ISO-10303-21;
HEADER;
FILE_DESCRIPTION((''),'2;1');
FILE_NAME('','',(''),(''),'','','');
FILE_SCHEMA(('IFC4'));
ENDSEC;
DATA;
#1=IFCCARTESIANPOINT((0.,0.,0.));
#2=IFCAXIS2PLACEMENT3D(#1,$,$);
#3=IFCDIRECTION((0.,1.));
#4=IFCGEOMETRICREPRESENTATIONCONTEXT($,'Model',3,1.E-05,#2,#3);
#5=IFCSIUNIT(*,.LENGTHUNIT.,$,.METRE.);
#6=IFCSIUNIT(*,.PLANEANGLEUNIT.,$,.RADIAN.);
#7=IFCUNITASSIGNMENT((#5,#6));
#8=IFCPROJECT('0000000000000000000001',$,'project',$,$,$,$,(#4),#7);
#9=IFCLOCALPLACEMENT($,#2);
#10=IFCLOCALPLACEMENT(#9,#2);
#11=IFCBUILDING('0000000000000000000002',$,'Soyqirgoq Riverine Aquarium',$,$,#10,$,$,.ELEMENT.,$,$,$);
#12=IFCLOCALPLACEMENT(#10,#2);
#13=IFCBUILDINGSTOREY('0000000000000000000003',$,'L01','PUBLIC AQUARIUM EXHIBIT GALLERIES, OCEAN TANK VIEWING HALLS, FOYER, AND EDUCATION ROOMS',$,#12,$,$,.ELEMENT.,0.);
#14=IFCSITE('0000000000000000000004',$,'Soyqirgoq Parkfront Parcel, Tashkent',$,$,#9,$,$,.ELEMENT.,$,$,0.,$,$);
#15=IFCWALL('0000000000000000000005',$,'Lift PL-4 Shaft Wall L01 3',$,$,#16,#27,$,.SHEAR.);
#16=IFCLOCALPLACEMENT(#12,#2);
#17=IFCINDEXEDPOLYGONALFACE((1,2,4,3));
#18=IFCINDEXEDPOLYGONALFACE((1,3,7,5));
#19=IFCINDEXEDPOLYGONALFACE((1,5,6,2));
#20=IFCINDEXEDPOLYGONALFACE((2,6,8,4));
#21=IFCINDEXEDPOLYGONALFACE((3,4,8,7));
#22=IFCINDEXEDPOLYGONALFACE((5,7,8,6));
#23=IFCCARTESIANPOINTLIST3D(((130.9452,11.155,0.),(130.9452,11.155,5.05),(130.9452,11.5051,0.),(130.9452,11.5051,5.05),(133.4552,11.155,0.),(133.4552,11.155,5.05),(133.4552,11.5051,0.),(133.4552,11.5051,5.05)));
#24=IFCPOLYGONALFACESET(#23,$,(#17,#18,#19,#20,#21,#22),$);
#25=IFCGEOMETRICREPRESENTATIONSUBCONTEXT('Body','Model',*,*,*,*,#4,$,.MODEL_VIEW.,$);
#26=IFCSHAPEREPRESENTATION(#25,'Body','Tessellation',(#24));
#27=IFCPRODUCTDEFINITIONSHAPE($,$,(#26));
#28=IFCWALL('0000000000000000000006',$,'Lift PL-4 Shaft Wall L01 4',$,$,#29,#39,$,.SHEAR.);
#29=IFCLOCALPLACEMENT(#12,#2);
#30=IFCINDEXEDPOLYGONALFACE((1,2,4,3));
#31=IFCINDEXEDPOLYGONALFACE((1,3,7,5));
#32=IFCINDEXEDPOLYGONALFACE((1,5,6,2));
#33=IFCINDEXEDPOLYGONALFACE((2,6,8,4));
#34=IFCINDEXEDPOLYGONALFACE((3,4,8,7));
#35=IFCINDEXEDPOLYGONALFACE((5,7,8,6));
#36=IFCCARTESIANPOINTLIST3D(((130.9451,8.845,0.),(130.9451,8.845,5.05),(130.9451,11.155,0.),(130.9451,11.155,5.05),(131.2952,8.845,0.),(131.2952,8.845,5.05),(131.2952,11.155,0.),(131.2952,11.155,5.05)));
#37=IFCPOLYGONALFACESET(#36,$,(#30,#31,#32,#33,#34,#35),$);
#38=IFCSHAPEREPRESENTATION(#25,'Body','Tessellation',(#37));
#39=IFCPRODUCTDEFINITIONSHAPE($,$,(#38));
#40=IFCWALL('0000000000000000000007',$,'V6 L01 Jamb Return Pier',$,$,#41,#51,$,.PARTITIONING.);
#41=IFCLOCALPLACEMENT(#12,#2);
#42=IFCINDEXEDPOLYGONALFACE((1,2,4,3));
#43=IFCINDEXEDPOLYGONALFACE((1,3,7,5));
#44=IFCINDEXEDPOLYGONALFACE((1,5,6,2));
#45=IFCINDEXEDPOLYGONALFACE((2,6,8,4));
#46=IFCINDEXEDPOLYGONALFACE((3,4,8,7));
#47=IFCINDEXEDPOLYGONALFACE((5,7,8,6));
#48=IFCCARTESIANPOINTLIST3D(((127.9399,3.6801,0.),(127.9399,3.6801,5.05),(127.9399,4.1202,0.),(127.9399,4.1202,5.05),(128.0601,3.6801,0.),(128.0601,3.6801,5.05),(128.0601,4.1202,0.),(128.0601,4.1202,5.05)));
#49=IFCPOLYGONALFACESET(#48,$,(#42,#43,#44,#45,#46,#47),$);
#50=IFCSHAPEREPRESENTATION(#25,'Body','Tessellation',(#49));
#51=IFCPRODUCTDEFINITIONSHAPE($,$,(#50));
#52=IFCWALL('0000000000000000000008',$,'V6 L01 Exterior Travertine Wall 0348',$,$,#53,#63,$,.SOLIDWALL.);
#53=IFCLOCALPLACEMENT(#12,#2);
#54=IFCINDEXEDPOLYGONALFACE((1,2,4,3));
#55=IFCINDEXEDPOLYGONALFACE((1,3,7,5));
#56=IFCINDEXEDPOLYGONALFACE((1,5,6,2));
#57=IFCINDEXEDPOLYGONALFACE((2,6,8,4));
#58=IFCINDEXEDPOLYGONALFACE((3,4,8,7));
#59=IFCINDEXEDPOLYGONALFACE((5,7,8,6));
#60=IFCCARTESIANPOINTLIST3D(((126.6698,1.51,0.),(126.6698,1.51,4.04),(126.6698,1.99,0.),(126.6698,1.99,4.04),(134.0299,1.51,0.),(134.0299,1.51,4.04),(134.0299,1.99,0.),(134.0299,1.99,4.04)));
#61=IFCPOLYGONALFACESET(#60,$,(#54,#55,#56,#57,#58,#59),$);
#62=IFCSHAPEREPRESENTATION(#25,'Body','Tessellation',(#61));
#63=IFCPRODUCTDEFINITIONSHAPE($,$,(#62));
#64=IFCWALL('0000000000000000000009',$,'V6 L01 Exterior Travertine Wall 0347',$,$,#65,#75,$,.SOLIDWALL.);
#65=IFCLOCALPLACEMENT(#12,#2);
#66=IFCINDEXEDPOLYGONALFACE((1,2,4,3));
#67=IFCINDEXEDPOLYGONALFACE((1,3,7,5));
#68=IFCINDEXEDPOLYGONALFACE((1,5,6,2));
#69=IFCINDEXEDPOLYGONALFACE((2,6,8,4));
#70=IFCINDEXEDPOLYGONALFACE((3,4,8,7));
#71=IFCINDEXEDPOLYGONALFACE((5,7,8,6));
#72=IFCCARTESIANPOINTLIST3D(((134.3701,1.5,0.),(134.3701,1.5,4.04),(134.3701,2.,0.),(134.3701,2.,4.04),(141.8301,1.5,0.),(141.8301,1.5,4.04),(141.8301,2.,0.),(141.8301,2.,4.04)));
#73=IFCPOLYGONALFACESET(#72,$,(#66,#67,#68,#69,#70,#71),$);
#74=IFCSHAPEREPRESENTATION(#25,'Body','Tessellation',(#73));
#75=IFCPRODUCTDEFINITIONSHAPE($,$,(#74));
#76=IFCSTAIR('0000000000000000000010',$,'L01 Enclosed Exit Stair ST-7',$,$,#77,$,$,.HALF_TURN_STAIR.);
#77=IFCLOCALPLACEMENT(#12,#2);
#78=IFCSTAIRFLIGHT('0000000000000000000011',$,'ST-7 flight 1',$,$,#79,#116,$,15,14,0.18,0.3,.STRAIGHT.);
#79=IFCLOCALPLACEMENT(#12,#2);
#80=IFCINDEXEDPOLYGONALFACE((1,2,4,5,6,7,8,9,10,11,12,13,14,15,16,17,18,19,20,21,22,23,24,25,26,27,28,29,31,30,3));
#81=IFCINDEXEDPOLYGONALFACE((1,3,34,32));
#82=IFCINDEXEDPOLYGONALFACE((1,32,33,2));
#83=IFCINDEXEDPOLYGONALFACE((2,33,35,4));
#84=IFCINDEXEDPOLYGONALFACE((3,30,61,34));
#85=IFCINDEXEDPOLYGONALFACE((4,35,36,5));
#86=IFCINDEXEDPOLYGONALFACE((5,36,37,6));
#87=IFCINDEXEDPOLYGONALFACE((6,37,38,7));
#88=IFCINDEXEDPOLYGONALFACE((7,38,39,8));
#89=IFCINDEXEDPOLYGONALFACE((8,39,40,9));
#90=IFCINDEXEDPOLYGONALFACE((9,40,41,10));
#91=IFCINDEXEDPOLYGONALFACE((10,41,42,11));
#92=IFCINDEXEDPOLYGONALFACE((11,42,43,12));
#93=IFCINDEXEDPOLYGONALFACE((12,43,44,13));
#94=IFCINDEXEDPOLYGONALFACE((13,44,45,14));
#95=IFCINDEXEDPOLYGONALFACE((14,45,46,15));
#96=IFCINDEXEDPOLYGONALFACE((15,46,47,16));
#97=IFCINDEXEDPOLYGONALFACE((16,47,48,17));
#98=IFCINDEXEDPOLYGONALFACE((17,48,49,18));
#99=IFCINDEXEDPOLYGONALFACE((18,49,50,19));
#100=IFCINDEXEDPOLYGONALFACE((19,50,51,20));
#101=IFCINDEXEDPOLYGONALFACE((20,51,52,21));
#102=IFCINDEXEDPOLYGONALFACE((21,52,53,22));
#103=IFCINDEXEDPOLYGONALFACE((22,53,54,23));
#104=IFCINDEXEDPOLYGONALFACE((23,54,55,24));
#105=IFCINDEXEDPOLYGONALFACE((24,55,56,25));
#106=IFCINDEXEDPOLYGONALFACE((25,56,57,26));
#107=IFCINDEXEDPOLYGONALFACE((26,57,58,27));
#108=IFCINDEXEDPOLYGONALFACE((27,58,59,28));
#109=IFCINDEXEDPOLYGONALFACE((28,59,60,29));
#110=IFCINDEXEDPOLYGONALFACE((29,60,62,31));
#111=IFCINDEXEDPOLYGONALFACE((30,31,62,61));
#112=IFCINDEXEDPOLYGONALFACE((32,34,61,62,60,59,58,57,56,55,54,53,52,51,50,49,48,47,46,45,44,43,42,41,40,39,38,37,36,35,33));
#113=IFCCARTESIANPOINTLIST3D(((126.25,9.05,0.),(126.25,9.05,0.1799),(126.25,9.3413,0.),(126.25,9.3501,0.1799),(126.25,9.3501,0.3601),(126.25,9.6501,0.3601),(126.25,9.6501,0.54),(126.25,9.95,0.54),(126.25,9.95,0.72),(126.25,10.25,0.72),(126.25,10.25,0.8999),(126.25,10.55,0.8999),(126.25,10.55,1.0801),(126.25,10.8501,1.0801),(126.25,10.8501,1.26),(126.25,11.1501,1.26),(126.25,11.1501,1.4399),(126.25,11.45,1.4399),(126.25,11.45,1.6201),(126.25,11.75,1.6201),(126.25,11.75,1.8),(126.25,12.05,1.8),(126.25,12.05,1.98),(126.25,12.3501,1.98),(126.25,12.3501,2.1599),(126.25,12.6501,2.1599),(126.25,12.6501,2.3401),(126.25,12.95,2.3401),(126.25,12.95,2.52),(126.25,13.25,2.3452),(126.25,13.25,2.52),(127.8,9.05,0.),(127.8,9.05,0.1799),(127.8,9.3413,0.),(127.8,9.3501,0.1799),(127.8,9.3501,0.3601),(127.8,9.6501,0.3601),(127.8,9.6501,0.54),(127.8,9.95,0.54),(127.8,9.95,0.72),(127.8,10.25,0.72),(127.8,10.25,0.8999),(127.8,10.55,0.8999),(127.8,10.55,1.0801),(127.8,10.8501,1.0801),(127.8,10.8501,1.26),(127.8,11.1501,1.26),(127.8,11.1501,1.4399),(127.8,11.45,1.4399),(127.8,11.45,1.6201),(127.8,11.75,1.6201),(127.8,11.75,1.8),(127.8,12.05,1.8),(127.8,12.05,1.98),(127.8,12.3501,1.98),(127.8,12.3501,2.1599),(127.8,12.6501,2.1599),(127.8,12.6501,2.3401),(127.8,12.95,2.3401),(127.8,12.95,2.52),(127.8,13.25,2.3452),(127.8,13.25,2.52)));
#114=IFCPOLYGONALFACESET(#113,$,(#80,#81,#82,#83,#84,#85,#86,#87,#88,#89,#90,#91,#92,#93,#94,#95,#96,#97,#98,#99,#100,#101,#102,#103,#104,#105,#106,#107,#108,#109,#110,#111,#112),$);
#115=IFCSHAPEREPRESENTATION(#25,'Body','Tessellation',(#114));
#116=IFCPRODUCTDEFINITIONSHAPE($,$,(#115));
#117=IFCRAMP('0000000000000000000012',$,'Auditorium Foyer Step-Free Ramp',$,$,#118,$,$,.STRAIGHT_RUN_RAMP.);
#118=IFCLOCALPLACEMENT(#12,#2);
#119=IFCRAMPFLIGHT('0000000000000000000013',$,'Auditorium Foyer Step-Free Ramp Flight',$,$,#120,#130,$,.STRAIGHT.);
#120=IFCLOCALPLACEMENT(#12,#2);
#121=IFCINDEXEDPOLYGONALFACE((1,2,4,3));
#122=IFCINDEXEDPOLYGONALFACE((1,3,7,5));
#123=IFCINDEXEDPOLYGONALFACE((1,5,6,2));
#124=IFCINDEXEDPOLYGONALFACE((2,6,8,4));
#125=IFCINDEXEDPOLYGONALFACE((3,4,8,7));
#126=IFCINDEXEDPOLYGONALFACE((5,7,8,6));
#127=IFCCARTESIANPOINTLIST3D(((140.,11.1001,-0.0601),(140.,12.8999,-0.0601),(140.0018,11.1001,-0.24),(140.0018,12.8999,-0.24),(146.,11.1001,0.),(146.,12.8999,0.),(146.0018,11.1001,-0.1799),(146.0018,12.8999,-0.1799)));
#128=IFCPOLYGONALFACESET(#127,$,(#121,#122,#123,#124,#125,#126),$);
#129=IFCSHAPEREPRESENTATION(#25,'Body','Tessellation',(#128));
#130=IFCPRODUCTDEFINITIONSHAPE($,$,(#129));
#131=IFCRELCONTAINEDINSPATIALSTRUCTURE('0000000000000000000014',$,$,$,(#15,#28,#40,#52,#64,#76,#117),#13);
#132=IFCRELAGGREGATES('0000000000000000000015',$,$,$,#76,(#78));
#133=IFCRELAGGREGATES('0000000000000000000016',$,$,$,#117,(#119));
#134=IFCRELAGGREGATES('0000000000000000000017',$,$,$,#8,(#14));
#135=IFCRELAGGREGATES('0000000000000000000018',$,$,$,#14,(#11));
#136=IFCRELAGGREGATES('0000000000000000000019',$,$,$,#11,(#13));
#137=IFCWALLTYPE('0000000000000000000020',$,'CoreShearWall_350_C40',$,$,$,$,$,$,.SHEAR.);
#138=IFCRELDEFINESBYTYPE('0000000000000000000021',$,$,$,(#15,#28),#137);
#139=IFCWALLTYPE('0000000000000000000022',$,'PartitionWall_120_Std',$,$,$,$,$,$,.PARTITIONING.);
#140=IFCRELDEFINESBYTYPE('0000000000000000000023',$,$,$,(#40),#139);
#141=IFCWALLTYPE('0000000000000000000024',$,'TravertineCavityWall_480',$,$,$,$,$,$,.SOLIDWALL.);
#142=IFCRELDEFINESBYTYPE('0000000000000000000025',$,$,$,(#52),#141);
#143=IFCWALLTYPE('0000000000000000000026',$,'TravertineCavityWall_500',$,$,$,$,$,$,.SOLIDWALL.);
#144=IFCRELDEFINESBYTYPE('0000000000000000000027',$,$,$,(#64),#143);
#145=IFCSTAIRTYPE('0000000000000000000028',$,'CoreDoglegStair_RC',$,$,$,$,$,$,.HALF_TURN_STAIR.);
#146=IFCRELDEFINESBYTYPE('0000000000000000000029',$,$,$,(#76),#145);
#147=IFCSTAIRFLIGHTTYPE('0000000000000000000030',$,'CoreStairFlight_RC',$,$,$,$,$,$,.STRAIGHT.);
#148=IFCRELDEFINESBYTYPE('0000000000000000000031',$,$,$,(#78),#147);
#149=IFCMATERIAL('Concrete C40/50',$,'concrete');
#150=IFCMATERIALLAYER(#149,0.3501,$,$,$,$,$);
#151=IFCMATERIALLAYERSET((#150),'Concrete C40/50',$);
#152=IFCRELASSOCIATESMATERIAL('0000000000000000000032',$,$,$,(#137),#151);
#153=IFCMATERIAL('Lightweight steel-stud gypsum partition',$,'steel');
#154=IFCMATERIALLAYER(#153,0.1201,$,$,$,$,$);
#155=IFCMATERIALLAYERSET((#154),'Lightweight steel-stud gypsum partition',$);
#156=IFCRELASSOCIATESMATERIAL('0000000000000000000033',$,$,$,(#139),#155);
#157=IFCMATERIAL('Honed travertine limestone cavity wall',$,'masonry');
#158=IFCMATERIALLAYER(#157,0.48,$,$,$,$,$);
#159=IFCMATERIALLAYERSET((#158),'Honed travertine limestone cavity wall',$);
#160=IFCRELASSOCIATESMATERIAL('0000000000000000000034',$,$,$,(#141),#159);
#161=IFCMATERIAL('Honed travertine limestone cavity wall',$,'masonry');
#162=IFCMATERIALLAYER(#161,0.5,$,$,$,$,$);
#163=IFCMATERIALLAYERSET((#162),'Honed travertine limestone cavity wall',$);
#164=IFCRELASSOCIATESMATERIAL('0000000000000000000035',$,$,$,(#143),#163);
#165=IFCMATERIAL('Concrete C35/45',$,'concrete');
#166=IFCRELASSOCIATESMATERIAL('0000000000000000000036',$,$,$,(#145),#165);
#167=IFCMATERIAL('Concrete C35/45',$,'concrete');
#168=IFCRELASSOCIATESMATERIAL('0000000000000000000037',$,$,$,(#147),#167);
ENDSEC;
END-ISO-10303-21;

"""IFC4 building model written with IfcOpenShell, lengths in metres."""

from ifc_helpers import new_model, si_unit, direction, frame, frame_2d, origin, place, context, subcontext, project, spatial, polyline, rectangle, outline, extrude, material, layer, layer_set, type_object, element, aggregate, save


model = new_model("IFC4")

# Units and contexts
model_context = context("Model", 3, precision=1e-05, world=origin(), true_north=direction((0.0, 1.0)))
body_context = subcontext(model_context, "Body", "Model", "MODEL_VIEW")
ifc_project = project(units=[si_unit("LENGTHUNIT", "METRE"), si_unit("PLANEANGLEUNIT", "RADIAN")], contexts=[model_context])

# Site, building, storey
site_placement = place(None, origin())
site = spatial("IfcSite", under=ifc_project, at=site_placement, Name="Soyqirgoq Parkfront Parcel, Tashkent", CompositionType="ELEMENT", RefElevation=0.0)
building_placement = place(site_placement, origin())
building = spatial("IfcBuilding", under=site, at=building_placement, Name="Soyqirgoq Riverine Aquarium", CompositionType="ELEMENT")
storey_placement = place(building_placement, origin())
storey = spatial("IfcBuildingStorey", under=building, at=storey_placement, Name="L01", Description="PUBLIC AQUARIUM EXHIBIT GALLERIES, OCEAN TANK VIEWING HALLS, FOYER, AND EDUCATION ROOMS", CompositionType="ELEMENT", Elevation=0.0)

# Shared definitions
ifc_material_1 = material(Name="Concrete C40/50", Category="concrete")
ifc_layer_1 = layer(ifc_material_1, 0.3501)
ifc_layer_set_1 = layer_set([ifc_layer_1], Name="Concrete C40/50")
wall_type_1 = type_object("IfcWallType", Name="CoreShearWall_350_C40", PredefinedType="SHEAR", material=ifc_layer_set_1)

# Walls
wall_1_placement = place(storey_placement, frame((133.4551, 11.3301, 0.0), z_axis=(0.0, 0.0, 1.0), x_axis=(-1.0, 0.0, 0.0)))
element("IfcWall", 1, at=wall_1_placement, inside=storey, type_object=wall_type_1, Name="Lift PL-4 Shaft Wall L01 3", PredefinedType="SHEAR", context=body_context, shape_type="SweptSolid", body=[
    extrude(rectangle(XDim=2.51, YDim=0.3501, at=frame_2d((1.2549, 0.0))), origin(), (0.0, 0.0, 1.0), 5.05),
])
wall_2_placement = place(storey_placement, frame((131.1201, 11.155, 0.0), z_axis=(0.0, 0.0, 1.0), x_axis=(0.0, -1.0, 0.0)))
element("IfcWall", 2, at=wall_2_placement, inside=storey, type_object=wall_type_1, Name="Lift PL-4 Shaft Wall L01 4", PredefinedType="SHEAR", context=body_context, shape_type="SweptSolid", body=[
    extrude(rectangle(XDim=2.3101, YDim=0.3501, at=frame_2d((1.155, 0.0))), origin(), (0.0, 0.0, 1.0), 5.05),
])
ifc_material_2 = material(Name="Lightweight steel-stud gypsum partition", Category="steel")
ifc_layer_2 = layer(ifc_material_2, 0.1201)
ifc_layer_set_2 = layer_set([ifc_layer_2], Name="Lightweight steel-stud gypsum partition")
wall_type_2 = type_object("IfcWallType", Name="PartitionWall_120_Std", PredefinedType="PARTITIONING", material=ifc_layer_set_2)
wall_3_placement = place(storey_placement, frame((128.0, 3.6799, 0.0), z_axis=(0.0, 0.0, 1.0), x_axis=(0.0, 1.0, 0.0)))
element("IfcWall", 3, at=wall_3_placement, inside=storey, type_object=wall_type_2, Name="V6 L01 Jamb Return Pier", PredefinedType="PARTITIONING", context=body_context, shape_type="SweptSolid", body=[
    extrude(rectangle(XDim=0.4402, YDim=0.1201, at=frame_2d((0.2202, 0.0))), origin(), (0.0, 0.0, 1.0), 5.05),
])
ifc_material_3 = material(Name="Honed travertine limestone cavity wall", Category="masonry")
ifc_layer_3 = layer(ifc_material_3, 0.48)
ifc_layer_set_3 = layer_set([ifc_layer_3], Name="Honed travertine limestone cavity wall")
wall_type_3 = type_object("IfcWallType", Name="TravertineCavityWall_480", PredefinedType="SOLIDWALL", material=ifc_layer_set_3)
wall_4_placement = place(storey_placement, frame((134.03, 1.75, 0.0), z_axis=(0.0, 0.0, 1.0), x_axis=(-1.0, 0.0, 0.0)))
element("IfcWall", 4, at=wall_4_placement, inside=storey, type_object=wall_type_3, Name="V6 L01 Exterior Travertine Wall 0348", PredefinedType="SOLIDWALL", context=body_context, shape_type="SweptSolid", body=[
    extrude(rectangle(XDim=7.3601, YDim=0.48, at=frame_2d((3.6802, 0.0))), origin(), (0.0, 0.0, 1.0), 4.04),
])
ifc_material_4 = material(Name="Honed travertine limestone cavity wall", Category="masonry")
ifc_layer_4 = layer(ifc_material_4, 0.5)
ifc_layer_set_4 = layer_set([ifc_layer_4], Name="Honed travertine limestone cavity wall")
wall_type_4 = type_object("IfcWallType", Name="TravertineCavityWall_500", PredefinedType="SOLIDWALL", material=ifc_layer_set_4)
wall_5_placement = place(storey_placement, frame((141.8301, 1.75, 0.0), z_axis=(0.0, 0.0, 1.0), x_axis=(-1.0, 0.0, 0.0)))
element("IfcWall", 5, at=wall_5_placement, inside=storey, type_object=wall_type_4, Name="V6 L01 Exterior Travertine Wall 0347", PredefinedType="SOLIDWALL", context=body_context, shape_type="SweptSolid", body=[
    extrude(rectangle(XDim=7.46, YDim=0.5, at=frame_2d((3.73, 0.0))), origin(), (0.0, 0.0, 1.0), 4.04),
])

# Stair, stair flight
ifc_material_5 = material(Name="Concrete C35/45", Category="concrete")
stair_type = type_object("IfcStairType", Name="CoreDoglegStair_RC", PredefinedType="HALF_TURN_STAIR", material=ifc_material_5)
stair_placement = place(storey_placement, origin())
stair = element("IfcStair", 6, at=stair_placement, inside=storey, type_object=stair_type, Name="L01 Enclosed Exit Stair ST-7", PredefinedType="HALF_TURN_STAIR")
ifc_material_6 = material(Name="Concrete C35/45", Category="concrete")
stair_flight_type = type_object("IfcStairFlightType", Name="CoreStairFlight_RC", PredefinedType="STRAIGHT", material=ifc_material_6)
stair_flight_placement = place(storey_placement, frame((127.0249, 9.05, 0.0), z_axis=(0.0, 0.0, 1.0), x_axis=(0.0, 1.0, 0.0)))
stair_flight = element("IfcStairFlight", 7, at=stair_flight_placement, type_object=stair_flight_type, Name="ST-7 flight 1", NumberOfRisers=15, NumberOfTreads=14, PredefinedType="STRAIGHT", RiserHeight=0.18, TreadLength=0.3, context=body_context, shape_type="SweptSolid", body=[
    extrude(outline(polyline([(0.0, 0.0), (0.0, 0.1799), (0.3, 0.1799), (0.3, 0.3601), (0.6001, 0.3601), (0.6001, 0.54), (0.8999, 0.54), (0.8999, 0.72), (1.2, 0.72), (1.2, 0.8999), (1.5, 0.8999), (1.5, 1.0801), (1.8, 1.0801), (1.8, 1.26), (2.1001, 1.26), (2.1001, 1.4399), (2.3999, 1.4399), (2.3999, 1.6201), (2.7, 1.6201), (2.7, 1.8), (3.0, 1.8), (3.0, 1.98), (3.3, 1.98), (3.3, 2.1599), (3.6001, 2.1599), (3.6001, 2.3401), (3.8999, 2.3401), (3.8999, 2.52), (4.2, 2.52), (4.2, 2.7), (4.2, 2.3452), (0.2913, 0.0), (0.0, 0.0)])), frame((0.0, 0.7749, 0.0), z_axis=(0.0, -1.0, 0.0), x_axis=(1.0, 0.0, 0.0)), (0.0, 0.0, 1.0), 1.55),
])
aggregate(stair, [stair_flight])

# Ramp, ramp flight
ramp_placement = place(storey_placement, origin())
ramp = element("IfcRamp", 8, at=ramp_placement, inside=storey, Name="Auditorium Foyer Step-Free Ramp", PredefinedType="STRAIGHT_RUN_RAMP")
ramp_flight_placement = place(storey_placement, frame((140.0, 11.1001, -0.0601), z_axis=(-0.010009, 0.0, 0.99995), x_axis=(0.99995, 0.0, 0.010009)))
ramp_flight = element("IfcRampFlight", 9, at=ramp_flight_placement, Name="Auditorium Foyer Step-Free Ramp Flight", PredefinedType="STRAIGHT", context=body_context, shape_type="SweptSolid", body=[
    extrude(outline(polyline([(0.0, 0.0), (6.0003, 0.0), (6.0003, 1.7998), (0.0, 1.7998), (0.0, 0.0)])), origin(), (0.0, 0.0, -1.0), 0.1799),
])
aggregate(ramp, [ramp_flight])

save(model, "model.ifc")
